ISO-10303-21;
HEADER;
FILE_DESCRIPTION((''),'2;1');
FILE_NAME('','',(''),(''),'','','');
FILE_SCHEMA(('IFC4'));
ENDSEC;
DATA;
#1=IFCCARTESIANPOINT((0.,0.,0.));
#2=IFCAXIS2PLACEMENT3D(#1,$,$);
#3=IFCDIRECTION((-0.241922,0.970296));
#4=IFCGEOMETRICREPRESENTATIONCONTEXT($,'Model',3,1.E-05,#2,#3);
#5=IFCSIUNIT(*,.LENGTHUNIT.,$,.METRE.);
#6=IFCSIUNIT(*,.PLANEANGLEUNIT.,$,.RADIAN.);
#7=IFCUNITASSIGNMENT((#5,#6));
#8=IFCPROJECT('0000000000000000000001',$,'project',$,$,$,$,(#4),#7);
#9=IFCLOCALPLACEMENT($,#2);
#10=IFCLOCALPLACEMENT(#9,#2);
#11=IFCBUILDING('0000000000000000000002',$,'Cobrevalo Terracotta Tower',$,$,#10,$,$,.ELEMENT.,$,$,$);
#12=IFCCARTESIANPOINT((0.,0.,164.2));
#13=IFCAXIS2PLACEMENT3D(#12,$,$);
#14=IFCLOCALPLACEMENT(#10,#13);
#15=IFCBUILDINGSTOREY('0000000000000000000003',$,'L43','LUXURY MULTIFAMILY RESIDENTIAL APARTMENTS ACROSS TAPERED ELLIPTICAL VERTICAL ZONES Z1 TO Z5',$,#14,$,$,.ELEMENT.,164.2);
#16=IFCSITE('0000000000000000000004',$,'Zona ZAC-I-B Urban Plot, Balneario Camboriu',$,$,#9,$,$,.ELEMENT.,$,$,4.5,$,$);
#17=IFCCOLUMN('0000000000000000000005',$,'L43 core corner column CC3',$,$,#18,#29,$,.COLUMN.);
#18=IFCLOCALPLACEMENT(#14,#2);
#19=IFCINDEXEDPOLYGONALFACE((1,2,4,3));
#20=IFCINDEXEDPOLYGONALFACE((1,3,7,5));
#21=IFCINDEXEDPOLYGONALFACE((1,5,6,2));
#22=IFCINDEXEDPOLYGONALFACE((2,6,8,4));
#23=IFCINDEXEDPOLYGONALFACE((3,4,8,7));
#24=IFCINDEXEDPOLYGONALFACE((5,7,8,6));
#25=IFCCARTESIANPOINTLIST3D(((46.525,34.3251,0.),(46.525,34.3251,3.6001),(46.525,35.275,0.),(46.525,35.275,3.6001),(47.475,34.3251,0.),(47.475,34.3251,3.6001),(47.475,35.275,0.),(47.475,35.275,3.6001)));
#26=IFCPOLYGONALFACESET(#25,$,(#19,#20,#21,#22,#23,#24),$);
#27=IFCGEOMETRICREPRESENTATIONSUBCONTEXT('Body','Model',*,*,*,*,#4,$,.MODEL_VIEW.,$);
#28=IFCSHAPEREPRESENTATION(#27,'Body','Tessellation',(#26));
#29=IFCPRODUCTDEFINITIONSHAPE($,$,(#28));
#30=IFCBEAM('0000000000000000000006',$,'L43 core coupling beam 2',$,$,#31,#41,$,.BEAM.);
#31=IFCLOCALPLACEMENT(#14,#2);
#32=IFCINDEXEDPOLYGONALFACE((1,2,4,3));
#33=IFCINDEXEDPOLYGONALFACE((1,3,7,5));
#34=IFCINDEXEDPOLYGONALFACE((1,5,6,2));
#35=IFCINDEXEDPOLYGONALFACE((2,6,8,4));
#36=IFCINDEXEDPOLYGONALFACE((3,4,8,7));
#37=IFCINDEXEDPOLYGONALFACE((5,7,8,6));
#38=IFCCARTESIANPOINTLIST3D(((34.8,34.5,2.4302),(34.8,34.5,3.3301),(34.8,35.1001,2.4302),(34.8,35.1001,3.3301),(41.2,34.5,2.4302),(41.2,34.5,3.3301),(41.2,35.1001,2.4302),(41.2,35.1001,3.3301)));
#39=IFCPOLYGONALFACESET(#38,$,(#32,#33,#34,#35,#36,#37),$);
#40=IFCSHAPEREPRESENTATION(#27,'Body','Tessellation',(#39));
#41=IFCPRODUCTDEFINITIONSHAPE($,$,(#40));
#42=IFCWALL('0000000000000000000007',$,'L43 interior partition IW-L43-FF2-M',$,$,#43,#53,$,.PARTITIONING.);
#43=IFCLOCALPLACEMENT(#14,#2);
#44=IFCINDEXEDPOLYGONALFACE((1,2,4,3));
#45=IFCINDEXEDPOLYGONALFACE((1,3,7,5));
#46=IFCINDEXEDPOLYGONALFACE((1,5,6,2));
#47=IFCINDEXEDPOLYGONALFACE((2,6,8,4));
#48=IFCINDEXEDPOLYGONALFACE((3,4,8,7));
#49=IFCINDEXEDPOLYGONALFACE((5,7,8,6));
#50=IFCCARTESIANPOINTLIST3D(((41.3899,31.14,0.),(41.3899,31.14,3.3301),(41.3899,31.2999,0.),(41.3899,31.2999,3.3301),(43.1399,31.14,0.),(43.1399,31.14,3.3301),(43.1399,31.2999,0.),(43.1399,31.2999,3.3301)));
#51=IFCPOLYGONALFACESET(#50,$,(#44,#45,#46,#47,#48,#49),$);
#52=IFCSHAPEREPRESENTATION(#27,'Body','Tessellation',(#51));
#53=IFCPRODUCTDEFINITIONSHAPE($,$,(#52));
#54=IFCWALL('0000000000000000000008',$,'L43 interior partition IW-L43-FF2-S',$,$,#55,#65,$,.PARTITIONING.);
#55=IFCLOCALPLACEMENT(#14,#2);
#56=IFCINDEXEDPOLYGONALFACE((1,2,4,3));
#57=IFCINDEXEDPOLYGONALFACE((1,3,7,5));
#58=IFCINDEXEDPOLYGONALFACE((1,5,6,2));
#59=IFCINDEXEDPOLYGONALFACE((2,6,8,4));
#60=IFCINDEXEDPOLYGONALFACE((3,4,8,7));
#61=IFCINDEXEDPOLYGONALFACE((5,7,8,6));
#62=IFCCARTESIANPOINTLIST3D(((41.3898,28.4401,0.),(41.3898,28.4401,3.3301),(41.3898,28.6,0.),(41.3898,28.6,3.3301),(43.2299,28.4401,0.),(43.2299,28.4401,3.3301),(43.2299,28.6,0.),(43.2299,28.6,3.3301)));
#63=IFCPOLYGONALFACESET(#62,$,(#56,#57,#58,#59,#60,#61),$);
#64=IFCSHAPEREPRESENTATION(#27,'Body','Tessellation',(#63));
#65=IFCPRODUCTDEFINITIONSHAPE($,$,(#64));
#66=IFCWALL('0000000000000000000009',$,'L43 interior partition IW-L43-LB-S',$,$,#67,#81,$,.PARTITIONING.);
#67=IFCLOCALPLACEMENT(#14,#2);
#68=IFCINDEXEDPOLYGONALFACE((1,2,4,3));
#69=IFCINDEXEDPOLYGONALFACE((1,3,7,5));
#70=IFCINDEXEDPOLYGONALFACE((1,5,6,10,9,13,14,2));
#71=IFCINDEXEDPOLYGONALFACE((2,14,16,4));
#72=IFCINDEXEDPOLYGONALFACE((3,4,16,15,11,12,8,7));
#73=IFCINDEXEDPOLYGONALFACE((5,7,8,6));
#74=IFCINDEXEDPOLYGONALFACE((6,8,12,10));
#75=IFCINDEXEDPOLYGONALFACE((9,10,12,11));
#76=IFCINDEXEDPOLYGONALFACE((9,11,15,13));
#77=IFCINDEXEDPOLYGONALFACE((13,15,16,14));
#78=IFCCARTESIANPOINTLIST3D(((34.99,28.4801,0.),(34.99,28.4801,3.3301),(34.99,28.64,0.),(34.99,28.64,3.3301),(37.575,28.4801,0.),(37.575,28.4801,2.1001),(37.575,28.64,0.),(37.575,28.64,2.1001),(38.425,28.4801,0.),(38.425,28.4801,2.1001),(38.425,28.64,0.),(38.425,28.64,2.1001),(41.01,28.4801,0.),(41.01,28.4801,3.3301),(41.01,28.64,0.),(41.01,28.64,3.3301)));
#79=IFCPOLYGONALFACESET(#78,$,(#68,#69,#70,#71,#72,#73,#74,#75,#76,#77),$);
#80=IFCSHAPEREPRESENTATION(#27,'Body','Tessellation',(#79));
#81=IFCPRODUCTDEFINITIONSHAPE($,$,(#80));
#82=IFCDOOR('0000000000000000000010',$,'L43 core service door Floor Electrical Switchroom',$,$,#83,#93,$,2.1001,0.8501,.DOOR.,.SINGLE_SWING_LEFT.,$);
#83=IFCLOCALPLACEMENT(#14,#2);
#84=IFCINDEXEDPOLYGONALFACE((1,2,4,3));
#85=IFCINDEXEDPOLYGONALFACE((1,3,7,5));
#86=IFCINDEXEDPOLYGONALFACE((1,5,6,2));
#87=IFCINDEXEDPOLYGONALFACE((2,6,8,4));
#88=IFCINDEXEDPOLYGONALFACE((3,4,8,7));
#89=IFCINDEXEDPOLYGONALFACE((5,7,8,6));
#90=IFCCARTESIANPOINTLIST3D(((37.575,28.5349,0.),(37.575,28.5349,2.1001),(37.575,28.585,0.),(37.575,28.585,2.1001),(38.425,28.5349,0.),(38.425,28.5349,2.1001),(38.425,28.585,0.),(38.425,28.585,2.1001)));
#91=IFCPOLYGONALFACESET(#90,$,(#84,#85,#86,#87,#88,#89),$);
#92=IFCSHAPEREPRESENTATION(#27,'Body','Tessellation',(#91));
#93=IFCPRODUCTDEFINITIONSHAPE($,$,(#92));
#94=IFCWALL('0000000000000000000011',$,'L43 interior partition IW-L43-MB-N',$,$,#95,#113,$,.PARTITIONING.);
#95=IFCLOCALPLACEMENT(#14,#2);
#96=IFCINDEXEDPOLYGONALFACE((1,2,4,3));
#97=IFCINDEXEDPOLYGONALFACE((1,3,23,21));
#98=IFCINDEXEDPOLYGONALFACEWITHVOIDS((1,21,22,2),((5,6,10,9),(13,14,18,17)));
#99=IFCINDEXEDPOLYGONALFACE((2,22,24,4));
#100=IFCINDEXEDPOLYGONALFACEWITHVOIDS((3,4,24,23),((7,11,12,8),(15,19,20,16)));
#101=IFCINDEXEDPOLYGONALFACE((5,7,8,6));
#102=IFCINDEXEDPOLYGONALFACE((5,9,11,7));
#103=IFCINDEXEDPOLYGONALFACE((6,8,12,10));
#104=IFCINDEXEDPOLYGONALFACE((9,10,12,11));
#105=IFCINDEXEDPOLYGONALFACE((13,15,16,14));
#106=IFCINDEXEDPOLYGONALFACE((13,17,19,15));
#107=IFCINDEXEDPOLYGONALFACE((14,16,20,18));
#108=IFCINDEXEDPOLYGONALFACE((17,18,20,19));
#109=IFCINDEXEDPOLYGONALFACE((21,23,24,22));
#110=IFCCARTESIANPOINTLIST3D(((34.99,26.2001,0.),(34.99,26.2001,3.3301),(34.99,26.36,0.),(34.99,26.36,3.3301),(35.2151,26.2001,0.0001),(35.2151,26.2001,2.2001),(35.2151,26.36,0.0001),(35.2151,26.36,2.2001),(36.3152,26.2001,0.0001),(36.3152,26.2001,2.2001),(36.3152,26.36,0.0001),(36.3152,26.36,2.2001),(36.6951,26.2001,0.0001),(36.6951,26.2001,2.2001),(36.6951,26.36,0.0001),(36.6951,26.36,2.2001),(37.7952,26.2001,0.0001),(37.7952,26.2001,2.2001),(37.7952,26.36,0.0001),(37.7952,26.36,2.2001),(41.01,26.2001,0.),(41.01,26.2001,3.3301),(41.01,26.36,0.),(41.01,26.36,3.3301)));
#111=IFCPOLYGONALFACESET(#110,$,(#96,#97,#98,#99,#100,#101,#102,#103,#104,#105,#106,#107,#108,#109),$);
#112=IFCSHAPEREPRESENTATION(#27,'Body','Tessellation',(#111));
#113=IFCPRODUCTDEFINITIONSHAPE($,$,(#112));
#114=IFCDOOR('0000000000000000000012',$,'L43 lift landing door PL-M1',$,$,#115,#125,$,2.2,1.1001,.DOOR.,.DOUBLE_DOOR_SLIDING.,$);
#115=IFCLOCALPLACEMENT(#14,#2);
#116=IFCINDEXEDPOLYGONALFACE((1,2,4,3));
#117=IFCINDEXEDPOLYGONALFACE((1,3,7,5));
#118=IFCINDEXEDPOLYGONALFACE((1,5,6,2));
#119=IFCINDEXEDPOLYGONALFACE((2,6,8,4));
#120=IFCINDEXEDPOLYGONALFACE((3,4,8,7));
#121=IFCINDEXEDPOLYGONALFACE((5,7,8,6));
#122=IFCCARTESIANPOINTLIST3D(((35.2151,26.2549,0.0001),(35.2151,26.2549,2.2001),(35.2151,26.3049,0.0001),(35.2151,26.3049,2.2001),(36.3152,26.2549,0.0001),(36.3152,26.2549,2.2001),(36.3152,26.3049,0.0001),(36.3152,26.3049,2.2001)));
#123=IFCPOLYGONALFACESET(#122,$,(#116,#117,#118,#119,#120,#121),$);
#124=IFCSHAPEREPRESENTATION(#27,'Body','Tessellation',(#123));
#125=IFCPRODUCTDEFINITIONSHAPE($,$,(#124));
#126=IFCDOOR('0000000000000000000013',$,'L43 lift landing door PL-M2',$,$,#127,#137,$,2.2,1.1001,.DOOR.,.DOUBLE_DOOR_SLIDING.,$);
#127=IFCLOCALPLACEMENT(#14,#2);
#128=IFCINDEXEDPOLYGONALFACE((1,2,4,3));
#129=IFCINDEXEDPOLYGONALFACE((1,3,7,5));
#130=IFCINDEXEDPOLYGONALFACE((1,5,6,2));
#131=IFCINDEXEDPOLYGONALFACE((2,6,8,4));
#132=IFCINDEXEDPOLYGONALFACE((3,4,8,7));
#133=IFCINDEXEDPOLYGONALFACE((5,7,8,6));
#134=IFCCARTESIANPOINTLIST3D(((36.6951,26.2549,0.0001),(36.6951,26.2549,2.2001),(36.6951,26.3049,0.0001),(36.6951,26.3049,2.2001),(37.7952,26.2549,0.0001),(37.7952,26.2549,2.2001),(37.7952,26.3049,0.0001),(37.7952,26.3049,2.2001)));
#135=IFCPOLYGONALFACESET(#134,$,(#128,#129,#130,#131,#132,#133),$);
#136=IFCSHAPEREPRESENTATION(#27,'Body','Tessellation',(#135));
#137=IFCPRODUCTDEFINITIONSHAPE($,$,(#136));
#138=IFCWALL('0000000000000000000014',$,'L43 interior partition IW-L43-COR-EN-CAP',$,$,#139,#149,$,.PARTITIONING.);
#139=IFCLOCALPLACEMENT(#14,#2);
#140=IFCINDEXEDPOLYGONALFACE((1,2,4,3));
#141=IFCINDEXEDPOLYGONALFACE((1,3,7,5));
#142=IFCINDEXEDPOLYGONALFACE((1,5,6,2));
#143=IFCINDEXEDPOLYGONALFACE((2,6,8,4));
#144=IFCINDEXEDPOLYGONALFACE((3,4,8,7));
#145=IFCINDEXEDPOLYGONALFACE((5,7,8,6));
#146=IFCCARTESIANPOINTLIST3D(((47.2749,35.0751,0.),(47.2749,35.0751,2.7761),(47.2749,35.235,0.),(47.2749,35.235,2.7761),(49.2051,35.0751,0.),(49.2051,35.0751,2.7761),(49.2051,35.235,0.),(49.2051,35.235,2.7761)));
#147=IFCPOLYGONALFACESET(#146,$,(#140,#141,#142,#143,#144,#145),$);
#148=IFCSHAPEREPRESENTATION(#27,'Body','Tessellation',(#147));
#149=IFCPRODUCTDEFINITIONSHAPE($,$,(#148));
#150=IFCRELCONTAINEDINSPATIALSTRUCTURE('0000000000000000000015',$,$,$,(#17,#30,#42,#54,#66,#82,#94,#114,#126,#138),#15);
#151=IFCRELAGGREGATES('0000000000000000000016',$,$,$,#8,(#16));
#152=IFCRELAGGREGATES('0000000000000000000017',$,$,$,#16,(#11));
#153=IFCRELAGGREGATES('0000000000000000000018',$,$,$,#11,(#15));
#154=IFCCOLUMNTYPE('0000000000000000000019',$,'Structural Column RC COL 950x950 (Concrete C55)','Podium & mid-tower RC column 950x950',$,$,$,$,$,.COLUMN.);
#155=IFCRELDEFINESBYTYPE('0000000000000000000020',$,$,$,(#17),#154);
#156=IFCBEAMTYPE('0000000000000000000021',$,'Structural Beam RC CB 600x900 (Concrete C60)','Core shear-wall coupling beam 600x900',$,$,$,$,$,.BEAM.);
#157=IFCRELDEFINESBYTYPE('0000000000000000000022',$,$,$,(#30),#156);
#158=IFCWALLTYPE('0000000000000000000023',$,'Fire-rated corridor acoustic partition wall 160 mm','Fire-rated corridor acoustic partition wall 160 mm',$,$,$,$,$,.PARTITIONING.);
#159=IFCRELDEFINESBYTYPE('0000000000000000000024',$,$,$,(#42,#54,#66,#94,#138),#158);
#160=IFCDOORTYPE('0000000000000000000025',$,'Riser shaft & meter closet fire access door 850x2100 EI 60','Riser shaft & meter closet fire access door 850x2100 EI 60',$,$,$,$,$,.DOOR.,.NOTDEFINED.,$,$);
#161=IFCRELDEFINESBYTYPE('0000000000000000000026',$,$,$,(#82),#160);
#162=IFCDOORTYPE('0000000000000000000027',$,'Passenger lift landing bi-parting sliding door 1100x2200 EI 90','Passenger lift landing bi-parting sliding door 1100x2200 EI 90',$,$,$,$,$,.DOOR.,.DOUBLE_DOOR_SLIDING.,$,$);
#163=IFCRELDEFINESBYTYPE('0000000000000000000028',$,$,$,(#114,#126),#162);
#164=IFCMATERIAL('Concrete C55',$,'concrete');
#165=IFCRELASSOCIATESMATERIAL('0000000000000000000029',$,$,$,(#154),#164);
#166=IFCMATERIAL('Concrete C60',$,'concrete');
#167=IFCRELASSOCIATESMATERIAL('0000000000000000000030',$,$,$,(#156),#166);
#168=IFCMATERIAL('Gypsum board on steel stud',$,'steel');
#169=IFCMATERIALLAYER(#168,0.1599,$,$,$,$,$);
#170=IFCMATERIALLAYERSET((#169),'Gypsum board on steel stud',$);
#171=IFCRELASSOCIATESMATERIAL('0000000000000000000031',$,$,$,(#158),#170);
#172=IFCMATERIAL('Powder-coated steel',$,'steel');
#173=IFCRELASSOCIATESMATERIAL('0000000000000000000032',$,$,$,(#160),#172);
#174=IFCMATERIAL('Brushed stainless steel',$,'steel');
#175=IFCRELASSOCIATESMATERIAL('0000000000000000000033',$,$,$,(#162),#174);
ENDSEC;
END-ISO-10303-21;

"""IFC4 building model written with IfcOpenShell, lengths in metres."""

from ifc_helpers import new_model, si_unit, direction, frame, frame_2d, origin, origin_2d, place, context, subcontext, project, spatial, rectangle, extrude, source, transform, mapped, material, layer, layer_set, material_profile, profile_set, type_object, element, fill, save


model = new_model("IFC4")

# Units and contexts
model_context = context("Model", 3, precision=1e-05, world=origin(), true_north=direction((-0.241922, 0.970296)))
body_context = subcontext(model_context, "Body", "Model", "MODEL_VIEW")
ifc_project = project(units=[si_unit("LENGTHUNIT", "METRE"), si_unit("PLANEANGLEUNIT", "RADIAN")], contexts=[model_context])

# Site, building, storey
site_placement = place(None, origin())
site = spatial("IfcSite", under=ifc_project, at=site_placement, Name="Zona ZAC-I-B Urban Plot, Balneario Camboriu", CompositionType="ELEMENT", RefElevation=4.5)
building_placement = place(site_placement, origin())
building = spatial("IfcBuilding", under=site, at=building_placement, Name="Cobrevalo Terracotta Tower", CompositionType="ELEMENT")
storey_placement = place(building_placement, frame((0.0, 0.0, 164.2)))
storey = spatial("IfcBuildingStorey", under=building, at=storey_placement, Name="L43", Description="LUXURY MULTIFAMILY RESIDENTIAL APARTMENTS ACROSS TAPERED ELLIPTICAL VERTICAL ZONES Z1 TO Z5", CompositionType="ELEMENT", Elevation=164.2)

# Column
ifc_material_1 = material(Name="Concrete C55", Category="concrete")
ifc_material_profile_1 = material_profile(ifc_material_1, rectangle(XDim=0.95, YDim=0.95, at=origin_2d()), Name="RC COL 950x950")
ifc_profile_set_1 = profile_set([ifc_material_profile_1], Name="Concrete C55")
column_type = type_object("IfcColumnType", Name="Structural Column RC COL 950x950 (Concrete C55)", Description="Podium & mid-tower RC column 950x950", PredefinedType="COLUMN", material=ifc_profile_set_1)
column_placement = place(storey_placement, frame((47.0, 34.8, 0.0), z_axis=(0.0, 0.0, 1.0), x_axis=(1.0, 0.0, 0.0)))
element("IfcColumn", 1, at=column_placement, inside=storey, type_object=column_type, Name="L43 core corner column CC3", PredefinedType="COLUMN", context=body_context, shape_type="SweptSolid", body=[
    extrude(rectangle(XDim=0.95, YDim=0.95, at=origin_2d()), origin(), (0.0, 0.0, 1.0), 3.6001),
])

# Beam
ifc_material_2 = material(Name="Concrete C60", Category="concrete")
ifc_material_profile_2 = material_profile(ifc_material_2, rectangle(XDim=0.6001, YDim=0.8999, at=origin_2d()), Name="RC CB 600x900")
ifc_profile_set_2 = profile_set([ifc_material_profile_2], Name="Concrete C60")
beam_type = type_object("IfcBeamType", Name="Structural Beam RC CB 600x900 (Concrete C60)", Description="Core shear-wall coupling beam 600x900", PredefinedType="BEAM", material=ifc_profile_set_2)
beam_placement = place(storey_placement, frame((34.8, 34.8, 2.8801), z_axis=(1.0, 0.0, 0.0), x_axis=(0.0, 1.0, 0.0)))
element("IfcBeam", 2, at=beam_placement, inside=storey, type_object=beam_type, Name="L43 core coupling beam 2", PredefinedType="BEAM", context=body_context, shape_type="SweptSolid", body=[
    extrude(rectangle(XDim=0.6001, YDim=0.8999, at=origin_2d()), origin(), (0.0, 0.0, 1.0), 6.3999),
])

# Walls
ifc_material_3 = material(Name="Gypsum board on steel stud", Category="steel")
ifc_layer_1 = layer(ifc_material_3, 0.1599)
ifc_layer_set_1 = layer_set([ifc_layer_1], Name="Gypsum board on steel stud")
wall_type_1 = type_object("IfcWallType", Name="Fire-rated corridor acoustic partition wall 160 mm", Description="Fire-rated corridor acoustic partition wall 160 mm", PredefinedType="PARTITIONING", material=ifc_layer_set_1)
wall_1_placement = place(storey_placement, frame((41.3899, 31.22, 0.0), z_axis=(0.0, 0.0, 1.0), x_axis=(1.0, 0.0, 0.0)))
element("IfcWall", 3, at=wall_1_placement, inside=storey, type_object=wall_type_1, Name="L43 interior partition IW-L43-FF2-M", PredefinedType="PARTITIONING", context=body_context, shape_type="SweptSolid", body=[
    extrude(rectangle(XDim=1.75, YDim=0.1599, at=frame_2d((0.875, 0.0))), origin(), (0.0, 0.0, 1.0), 3.3301),
])
wall_2_placement = place(storey_placement, frame((41.3899, 28.52, 0.0), z_axis=(0.0, 0.0, 1.0), x_axis=(1.0, 0.0, 0.0)))
element("IfcWall", 4, at=wall_2_placement, inside=storey, type_object=wall_type_1, Name="L43 interior partition IW-L43-FF2-S", PredefinedType="PARTITIONING", context=body_context, shape_type="SweptSolid", body=[
    extrude(rectangle(XDim=1.8401, YDim=0.1599, at=frame_2d((0.9199, 0.0))), origin(), (0.0, 0.0, 1.0), 3.3301),
])

# Wall, opening, door
wall_3_placement = place(storey_placement, frame((34.99, 28.5601, 0.0), z_axis=(0.0, 0.0, 1.0), x_axis=(1.0, 0.0, 0.0)))
wall_3 = element("IfcWall", 5, at=wall_3_placement, inside=storey, type_object=wall_type_1, Name="L43 interior partition IW-L43-LB-S", PredefinedType="PARTITIONING", context=body_context, shape_type="SweptSolid", body=[
    extrude(rectangle(XDim=6.02, YDim=0.1599, at=frame_2d((3.01, 0.0))), origin(), (0.0, 0.0, 1.0), 3.3301),
])
opening_1_placement = place(wall_3_placement, frame((2.585, 0.0, 0.0)))
opening_1 = element("IfcOpeningElement", 6, at=opening_1_placement, cuts=wall_3, PredefinedType="OPENING", context=body_context, shape_type="SweptSolid", body=[
    extrude(rectangle(XDim=0.8501, YDim=2.1001, at=frame_2d((0.425, 1.05))), frame((0.0, 0.0898, 0.0), z_axis=(0.0, -1.0, 0.0), x_axis=(1.0, 0.0, 0.0)), (0.0, 0.0, 1.0), 0.1799),
])
ifc_material_4 = material(Name="Powder-coated steel", Category="steel")
door_type_1 = type_object("IfcDoorType", Name="Riser shaft & meter closet fire access door 850x2100 EI 60", Description="Riser shaft & meter closet fire access door 850x2100 EI 60", OperationType="NOTDEFINED", PredefinedType="DOOR", material=ifc_material_4)
shared_shape_1 = source(origin(), body_context, "Body", "SweptSolid", [
    extrude(rectangle(XDim=0.8501, YDim=2.1001, at=frame_2d((0.425, 1.05))), frame((0.0, 0.0249, 0.0), z_axis=(0.0, -1.0, 0.0), x_axis=(1.0, 0.0, 0.0)), (0.0, 0.0, 1.0), 0.05),
])
door_1_placement = place(opening_1_placement, origin())
door_1 = element("IfcDoor", 7, at=door_1_placement, inside=storey, type_object=door_type_1, Name="L43 core service door Floor Electrical Switchroom", OperationType="SINGLE_SWING_LEFT", OverallHeight=2.1001, OverallWidth=0.8501, PredefinedType="DOOR", context=body_context, shape_type="MappedRepresentation", body=[
    mapped(shared_shape_1, transform((0.0, 0.0, 0.0), scale=1.0)),
])
fill(opening_1, door_1)

# Wall, openings, doors
wall_4_placement = place(storey_placement, frame((34.99, 26.28, 0.0), z_axis=(0.0, 0.0, 1.0), x_axis=(1.0, 0.0, 0.0)))
wall_4 = element("IfcWall", 8, at=wall_4_placement, inside=storey, type_object=wall_type_1, Name="L43 interior partition IW-L43-MB-N", PredefinedType="PARTITIONING", context=body_context, shape_type="SweptSolid", body=[
    extrude(rectangle(XDim=6.02, YDim=0.1599, at=frame_2d((3.01, 0.0))), origin(), (0.0, 0.0, 1.0), 3.3301),
])
opening_2_placement = place(wall_4_placement, frame((0.2251, 0.0, 0.0)))
opening_2 = element("IfcOpeningElement", 9, at=opening_2_placement, cuts=wall_4, PredefinedType="OPENING", context=body_context, shape_type="SweptSolid", body=[
    extrude(rectangle(XDim=1.1001, YDim=2.2, at=frame_2d((0.55, 1.1001))), frame((0.0, 0.0898, 0.0), z_axis=(0.0, -1.0, 0.0), x_axis=(1.0, 0.0, 0.0)), (0.0, 0.0, 1.0), 0.1799),
])
opening_3_placement = place(wall_4_placement, frame((1.7051, 0.0, 0.0)))
opening_3 = element("IfcOpeningElement", 10, at=opening_3_placement, cuts=wall_4, PredefinedType="OPENING", context=body_context, shape_type="SweptSolid", body=[
    extrude(rectangle(XDim=1.1001, YDim=2.2, at=frame_2d((0.55, 1.1001))), frame((0.0, 0.0898, 0.0), z_axis=(0.0, -1.0, 0.0), x_axis=(1.0, 0.0, 0.0)), (0.0, 0.0, 1.0), 0.1799),
])
ifc_material_5 = material(Name="Brushed stainless steel", Category="steel")
door_type_2 = type_object("IfcDoorType", Name="Passenger lift landing bi-parting sliding door 1100x2200 EI 90", Description="Passenger lift landing bi-parting sliding door 1100x2200 EI 90", OperationType="DOUBLE_DOOR_SLIDING", PredefinedType="DOOR", material=ifc_material_5)
shared_shape_2 = source(origin(), body_context, "Body", "SweptSolid", [
    extrude(rectangle(XDim=1.1001, YDim=2.2, at=frame_2d((0.55, 1.1001))), frame((0.0, 0.0249, 0.0), z_axis=(0.0, -1.0, 0.0), x_axis=(1.0, 0.0, 0.0)), (0.0, 0.0, 1.0), 0.05),
])
door_2_placement = place(opening_2_placement, origin())
door_2 = element("IfcDoor", 11, at=door_2_placement, inside=storey, type_object=door_type_2, Name="L43 lift landing door PL-M1", OperationType="DOUBLE_DOOR_SLIDING", OverallHeight=2.2, OverallWidth=1.1001, PredefinedType="DOOR", context=body_context, shape_type="MappedRepresentation", body=[
    mapped(shared_shape_2, transform((0.0, 0.0, 0.0), scale=1.0)),
])
fill(opening_2, door_2)
door_3_placement = place(opening_3_placement, origin())
door_3 = element("IfcDoor", 12, at=door_3_placement, inside=storey, type_object=door_type_2, Name="L43 lift landing door PL-M2", OperationType="DOUBLE_DOOR_SLIDING", OverallHeight=2.2, OverallWidth=1.1001, PredefinedType="DOOR", context=body_context, shape_type="MappedRepresentation", body=[
    mapped(shared_shape_2, transform((0.0, 0.0, 0.0), scale=1.0)),
])
fill(opening_3, door_3)

# Wall
wall_5_placement = place(storey_placement, frame((47.2749, 35.155, 0.0), z_axis=(0.0, 0.0, 1.0), x_axis=(1.0, 0.0, 0.0)))
element("IfcWall", 13, at=wall_5_placement, inside=storey, type_object=wall_type_1, Name="L43 interior partition IW-L43-COR-EN-CAP", PredefinedType="PARTITIONING", context=body_context, shape_type="SweptSolid", body=[
    extrude(rectangle(XDim=1.9302, YDim=0.1599, at=frame_2d((0.9651, 0.0))), origin(), (0.0, 0.0, 1.0), 2.7761),
])

save(model, "model.ifc")
